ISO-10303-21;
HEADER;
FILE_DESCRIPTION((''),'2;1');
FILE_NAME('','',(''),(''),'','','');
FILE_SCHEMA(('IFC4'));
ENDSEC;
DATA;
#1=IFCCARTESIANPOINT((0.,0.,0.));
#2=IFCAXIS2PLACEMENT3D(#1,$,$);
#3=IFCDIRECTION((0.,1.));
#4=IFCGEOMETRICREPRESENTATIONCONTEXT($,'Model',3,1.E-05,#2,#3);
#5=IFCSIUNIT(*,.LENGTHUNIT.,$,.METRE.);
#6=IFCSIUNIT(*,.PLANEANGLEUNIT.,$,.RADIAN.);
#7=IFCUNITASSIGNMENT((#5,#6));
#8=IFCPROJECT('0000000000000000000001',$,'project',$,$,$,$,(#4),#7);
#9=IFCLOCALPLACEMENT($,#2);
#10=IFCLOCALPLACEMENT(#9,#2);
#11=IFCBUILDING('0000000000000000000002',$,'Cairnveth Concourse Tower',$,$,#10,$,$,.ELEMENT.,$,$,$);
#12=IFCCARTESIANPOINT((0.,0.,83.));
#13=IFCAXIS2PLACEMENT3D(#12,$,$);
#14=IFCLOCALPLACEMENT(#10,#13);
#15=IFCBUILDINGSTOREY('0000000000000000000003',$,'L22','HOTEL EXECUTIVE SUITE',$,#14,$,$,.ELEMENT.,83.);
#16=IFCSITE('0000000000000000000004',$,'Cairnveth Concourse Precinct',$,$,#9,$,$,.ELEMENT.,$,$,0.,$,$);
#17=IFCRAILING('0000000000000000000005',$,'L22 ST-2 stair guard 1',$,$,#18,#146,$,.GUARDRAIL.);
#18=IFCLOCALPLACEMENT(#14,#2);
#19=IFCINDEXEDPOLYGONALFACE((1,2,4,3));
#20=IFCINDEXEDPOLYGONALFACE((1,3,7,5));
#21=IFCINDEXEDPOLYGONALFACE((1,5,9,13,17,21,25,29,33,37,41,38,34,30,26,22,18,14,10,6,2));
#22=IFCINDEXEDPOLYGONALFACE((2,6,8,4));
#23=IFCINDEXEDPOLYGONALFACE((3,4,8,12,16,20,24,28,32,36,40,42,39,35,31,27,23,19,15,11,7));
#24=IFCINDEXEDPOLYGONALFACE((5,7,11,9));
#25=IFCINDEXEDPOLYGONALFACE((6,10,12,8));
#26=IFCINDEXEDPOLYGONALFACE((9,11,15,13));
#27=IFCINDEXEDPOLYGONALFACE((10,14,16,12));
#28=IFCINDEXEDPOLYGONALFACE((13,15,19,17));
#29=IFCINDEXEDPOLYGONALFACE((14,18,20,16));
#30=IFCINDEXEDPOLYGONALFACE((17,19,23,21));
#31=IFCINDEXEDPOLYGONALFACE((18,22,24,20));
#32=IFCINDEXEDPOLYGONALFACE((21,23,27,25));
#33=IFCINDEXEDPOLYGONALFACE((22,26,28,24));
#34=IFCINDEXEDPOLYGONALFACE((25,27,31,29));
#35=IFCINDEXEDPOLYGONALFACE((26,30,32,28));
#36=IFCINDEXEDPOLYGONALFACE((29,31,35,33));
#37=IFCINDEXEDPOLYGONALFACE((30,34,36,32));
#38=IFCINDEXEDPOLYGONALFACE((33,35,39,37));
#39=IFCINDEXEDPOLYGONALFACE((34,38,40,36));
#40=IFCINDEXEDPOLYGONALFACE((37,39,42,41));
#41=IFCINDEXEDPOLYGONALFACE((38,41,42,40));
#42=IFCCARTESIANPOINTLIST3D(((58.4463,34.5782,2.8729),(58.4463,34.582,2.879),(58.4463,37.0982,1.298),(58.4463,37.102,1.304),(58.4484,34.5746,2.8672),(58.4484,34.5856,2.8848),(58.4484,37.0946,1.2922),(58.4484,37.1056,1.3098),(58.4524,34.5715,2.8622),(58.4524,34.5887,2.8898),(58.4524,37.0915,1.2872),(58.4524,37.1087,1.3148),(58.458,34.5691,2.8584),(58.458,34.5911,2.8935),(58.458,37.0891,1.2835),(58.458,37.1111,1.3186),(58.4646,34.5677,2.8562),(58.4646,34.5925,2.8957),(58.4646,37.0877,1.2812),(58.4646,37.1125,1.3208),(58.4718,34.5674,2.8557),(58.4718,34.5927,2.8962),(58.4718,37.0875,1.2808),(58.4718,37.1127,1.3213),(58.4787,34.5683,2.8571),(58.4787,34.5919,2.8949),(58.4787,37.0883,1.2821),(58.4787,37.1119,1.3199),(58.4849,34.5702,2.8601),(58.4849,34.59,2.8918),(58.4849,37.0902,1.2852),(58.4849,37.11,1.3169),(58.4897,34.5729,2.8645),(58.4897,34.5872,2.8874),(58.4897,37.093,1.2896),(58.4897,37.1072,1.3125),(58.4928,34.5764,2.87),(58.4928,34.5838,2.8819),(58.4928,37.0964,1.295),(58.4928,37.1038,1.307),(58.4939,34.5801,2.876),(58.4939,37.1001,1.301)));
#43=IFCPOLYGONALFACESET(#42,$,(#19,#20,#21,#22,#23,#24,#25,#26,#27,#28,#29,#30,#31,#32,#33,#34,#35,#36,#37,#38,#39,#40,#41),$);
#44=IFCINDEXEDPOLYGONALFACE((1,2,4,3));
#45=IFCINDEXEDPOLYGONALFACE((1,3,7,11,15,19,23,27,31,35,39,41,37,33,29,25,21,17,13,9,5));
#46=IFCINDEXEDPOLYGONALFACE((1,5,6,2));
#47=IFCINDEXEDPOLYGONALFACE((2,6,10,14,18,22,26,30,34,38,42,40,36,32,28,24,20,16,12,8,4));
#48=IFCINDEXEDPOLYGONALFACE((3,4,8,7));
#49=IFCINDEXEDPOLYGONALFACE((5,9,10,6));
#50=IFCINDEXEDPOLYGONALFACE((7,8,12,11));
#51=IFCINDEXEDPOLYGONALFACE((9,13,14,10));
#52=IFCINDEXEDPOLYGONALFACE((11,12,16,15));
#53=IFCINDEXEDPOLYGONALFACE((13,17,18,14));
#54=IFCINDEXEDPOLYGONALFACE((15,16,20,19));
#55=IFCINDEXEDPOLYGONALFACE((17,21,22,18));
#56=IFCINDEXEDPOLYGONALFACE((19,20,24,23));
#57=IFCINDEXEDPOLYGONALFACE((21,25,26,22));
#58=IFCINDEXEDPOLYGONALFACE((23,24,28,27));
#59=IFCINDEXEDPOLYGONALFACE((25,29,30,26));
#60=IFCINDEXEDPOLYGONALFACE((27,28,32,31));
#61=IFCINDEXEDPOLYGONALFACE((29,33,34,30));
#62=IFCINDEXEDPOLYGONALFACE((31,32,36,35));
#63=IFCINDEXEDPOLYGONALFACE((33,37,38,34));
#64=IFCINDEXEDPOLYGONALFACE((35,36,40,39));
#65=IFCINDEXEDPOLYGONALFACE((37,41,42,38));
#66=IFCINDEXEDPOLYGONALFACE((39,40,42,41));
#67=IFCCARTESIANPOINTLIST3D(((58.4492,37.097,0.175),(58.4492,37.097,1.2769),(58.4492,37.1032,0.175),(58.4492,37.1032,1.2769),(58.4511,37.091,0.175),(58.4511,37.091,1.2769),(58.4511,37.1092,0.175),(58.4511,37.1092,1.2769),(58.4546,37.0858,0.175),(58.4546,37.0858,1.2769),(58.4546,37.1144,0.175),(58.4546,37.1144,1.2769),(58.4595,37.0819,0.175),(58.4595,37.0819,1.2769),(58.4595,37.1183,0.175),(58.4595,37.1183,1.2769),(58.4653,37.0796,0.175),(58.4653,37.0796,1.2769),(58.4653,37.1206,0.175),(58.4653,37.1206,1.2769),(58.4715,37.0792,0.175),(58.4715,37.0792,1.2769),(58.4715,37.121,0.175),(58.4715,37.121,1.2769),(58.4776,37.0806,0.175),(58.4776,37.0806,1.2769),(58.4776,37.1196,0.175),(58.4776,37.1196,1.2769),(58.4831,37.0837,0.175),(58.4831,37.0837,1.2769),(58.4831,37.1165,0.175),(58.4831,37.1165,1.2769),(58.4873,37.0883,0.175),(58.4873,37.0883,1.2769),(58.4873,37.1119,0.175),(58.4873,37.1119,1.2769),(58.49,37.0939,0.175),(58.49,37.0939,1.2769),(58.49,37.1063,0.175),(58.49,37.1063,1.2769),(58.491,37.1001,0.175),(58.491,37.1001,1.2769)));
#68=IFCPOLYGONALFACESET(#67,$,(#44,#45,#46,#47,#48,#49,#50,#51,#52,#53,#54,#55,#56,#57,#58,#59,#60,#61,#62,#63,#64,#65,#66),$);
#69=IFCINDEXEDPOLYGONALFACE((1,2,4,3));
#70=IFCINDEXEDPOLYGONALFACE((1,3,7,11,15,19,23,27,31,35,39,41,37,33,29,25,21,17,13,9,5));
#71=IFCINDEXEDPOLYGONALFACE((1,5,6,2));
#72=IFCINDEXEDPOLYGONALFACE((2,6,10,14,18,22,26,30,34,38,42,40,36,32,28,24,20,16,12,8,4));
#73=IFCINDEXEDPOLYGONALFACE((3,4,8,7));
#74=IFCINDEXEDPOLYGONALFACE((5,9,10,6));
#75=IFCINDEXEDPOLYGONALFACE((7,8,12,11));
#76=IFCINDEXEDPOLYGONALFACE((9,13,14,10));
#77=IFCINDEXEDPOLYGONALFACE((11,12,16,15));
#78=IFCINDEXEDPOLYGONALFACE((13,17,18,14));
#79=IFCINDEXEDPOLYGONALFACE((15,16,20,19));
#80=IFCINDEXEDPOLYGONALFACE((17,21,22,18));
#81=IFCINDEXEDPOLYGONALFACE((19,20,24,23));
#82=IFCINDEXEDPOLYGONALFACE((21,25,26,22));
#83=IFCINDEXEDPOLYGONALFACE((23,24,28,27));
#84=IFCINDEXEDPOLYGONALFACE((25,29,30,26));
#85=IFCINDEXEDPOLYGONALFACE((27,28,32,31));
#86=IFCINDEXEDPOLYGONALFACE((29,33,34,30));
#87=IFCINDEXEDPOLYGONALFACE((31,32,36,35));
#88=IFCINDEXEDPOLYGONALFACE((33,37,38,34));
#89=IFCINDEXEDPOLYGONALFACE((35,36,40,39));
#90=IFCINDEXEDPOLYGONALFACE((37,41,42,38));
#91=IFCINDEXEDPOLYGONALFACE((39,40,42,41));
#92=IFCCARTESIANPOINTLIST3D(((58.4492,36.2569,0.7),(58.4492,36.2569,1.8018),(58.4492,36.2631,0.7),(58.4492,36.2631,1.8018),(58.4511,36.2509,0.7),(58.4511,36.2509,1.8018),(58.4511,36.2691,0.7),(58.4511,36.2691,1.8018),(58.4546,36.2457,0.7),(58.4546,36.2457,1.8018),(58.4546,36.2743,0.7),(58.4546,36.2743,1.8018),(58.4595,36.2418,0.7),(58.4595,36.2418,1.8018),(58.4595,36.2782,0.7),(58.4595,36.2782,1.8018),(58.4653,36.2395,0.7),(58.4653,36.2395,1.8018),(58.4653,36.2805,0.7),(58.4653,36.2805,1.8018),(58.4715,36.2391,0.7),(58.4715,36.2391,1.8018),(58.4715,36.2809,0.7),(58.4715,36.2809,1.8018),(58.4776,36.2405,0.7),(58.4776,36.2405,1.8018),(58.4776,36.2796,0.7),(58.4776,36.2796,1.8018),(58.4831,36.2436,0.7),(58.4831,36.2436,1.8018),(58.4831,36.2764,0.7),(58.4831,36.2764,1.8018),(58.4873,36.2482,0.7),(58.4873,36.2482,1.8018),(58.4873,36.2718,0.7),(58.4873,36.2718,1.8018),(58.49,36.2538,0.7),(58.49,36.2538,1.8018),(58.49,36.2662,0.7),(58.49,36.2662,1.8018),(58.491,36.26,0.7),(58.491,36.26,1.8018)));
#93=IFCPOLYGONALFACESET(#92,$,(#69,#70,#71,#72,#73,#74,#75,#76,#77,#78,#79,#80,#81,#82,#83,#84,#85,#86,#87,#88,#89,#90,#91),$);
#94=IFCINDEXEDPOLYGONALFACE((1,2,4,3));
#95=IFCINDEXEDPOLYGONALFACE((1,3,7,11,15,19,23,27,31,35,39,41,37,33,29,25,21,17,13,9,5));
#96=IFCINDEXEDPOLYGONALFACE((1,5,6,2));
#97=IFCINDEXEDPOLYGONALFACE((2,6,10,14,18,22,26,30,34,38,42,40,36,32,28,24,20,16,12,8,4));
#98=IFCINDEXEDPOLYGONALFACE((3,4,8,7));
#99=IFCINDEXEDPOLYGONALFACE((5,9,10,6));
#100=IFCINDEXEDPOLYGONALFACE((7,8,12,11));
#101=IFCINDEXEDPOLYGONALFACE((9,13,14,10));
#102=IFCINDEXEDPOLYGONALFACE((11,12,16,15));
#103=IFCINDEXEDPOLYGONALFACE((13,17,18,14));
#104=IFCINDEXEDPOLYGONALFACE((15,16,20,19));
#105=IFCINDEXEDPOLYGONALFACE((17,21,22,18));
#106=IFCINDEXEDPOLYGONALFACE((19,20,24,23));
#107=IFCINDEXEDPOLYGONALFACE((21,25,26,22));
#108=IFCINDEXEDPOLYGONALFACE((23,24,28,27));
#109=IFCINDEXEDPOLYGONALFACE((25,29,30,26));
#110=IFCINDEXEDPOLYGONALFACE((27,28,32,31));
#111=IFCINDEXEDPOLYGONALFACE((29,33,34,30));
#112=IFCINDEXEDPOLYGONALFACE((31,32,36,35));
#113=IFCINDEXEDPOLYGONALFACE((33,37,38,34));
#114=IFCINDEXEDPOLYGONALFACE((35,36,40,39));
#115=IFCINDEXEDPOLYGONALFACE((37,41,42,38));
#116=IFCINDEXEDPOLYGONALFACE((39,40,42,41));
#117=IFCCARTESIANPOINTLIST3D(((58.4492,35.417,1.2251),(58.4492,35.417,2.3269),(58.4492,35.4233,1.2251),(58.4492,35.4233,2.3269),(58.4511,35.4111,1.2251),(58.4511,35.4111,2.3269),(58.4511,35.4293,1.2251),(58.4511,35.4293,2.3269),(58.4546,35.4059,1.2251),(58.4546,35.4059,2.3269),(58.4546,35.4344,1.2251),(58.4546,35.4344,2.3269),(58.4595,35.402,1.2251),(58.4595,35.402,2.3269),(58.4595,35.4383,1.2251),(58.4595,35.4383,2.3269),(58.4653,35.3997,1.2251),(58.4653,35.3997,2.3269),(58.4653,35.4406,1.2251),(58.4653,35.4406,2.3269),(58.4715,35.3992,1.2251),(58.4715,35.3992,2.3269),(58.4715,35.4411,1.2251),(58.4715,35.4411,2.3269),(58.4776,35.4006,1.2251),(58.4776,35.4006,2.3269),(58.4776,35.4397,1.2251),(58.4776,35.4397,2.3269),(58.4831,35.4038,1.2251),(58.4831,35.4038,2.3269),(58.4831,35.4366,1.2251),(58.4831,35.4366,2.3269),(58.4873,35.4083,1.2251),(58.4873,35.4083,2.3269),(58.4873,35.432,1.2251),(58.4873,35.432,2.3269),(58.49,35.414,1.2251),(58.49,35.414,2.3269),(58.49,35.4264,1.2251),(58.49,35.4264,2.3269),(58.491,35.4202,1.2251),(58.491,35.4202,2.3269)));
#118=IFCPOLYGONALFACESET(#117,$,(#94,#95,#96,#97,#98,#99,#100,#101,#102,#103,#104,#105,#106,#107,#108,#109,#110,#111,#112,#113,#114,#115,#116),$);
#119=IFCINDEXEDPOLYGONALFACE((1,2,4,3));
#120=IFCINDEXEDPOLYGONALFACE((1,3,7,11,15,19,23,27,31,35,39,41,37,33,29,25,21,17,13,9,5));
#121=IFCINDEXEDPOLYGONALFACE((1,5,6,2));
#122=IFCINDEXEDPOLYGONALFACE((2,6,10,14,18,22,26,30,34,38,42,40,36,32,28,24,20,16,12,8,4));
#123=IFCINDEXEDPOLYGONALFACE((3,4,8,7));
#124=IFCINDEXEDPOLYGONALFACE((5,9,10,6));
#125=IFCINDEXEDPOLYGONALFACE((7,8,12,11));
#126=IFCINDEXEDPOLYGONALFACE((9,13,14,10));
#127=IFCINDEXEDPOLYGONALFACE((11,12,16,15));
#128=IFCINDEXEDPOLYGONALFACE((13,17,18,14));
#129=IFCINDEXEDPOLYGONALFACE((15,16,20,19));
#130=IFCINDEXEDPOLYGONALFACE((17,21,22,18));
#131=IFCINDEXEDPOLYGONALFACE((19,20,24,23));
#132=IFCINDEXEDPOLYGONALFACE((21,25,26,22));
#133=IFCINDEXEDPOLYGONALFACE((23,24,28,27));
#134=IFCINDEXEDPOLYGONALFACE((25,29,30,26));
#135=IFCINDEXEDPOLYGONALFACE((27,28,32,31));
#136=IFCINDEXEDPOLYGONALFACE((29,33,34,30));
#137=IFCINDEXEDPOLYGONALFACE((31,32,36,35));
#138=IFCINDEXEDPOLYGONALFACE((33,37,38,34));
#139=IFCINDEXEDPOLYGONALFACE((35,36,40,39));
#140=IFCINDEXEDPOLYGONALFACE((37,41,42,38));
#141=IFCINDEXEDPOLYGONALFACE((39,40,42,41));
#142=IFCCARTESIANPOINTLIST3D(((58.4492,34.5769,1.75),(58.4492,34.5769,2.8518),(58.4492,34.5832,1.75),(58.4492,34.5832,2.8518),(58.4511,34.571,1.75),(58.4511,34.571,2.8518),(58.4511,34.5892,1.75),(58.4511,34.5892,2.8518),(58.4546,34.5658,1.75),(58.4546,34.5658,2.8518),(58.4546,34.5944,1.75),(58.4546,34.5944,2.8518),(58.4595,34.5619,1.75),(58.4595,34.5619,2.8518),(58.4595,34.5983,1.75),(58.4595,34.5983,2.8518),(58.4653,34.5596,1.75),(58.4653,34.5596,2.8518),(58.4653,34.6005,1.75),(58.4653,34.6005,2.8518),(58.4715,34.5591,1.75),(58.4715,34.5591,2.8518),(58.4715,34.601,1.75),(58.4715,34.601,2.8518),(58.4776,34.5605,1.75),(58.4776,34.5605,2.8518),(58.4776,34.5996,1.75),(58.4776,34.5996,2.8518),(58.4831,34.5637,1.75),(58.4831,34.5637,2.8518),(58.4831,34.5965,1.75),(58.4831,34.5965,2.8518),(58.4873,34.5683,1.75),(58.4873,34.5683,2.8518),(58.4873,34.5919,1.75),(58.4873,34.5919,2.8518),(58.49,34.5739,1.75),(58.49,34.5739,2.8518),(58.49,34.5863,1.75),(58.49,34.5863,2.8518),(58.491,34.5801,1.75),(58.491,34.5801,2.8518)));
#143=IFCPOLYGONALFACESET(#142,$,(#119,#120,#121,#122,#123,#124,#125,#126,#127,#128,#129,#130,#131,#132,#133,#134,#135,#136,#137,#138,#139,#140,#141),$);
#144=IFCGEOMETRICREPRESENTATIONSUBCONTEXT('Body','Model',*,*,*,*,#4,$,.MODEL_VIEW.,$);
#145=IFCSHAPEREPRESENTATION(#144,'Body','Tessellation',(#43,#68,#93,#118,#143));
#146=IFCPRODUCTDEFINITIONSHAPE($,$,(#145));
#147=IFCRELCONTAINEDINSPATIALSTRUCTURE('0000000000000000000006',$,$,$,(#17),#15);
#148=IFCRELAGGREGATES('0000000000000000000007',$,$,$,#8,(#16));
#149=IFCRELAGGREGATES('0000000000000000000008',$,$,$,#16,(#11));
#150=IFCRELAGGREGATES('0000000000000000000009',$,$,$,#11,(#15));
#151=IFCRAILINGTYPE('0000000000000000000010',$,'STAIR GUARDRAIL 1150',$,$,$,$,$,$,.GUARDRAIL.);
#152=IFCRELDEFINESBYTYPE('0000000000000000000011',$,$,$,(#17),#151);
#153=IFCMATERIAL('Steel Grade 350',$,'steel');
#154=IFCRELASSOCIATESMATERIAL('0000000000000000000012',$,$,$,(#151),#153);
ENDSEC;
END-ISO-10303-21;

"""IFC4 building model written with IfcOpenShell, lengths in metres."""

from ifc_helpers import new_model, si_unit, direction, frame, origin, origin_2d, place, context, subcontext, project, spatial, circle, extrude, material, type_object, element, save


model = new_model("IFC4")

# Units and contexts
model_context = context("Model", 3, precision=1e-05, world=origin(), true_north=direction((0.0, 1.0)))
body_context = subcontext(model_context, "Body", "Model", "MODEL_VIEW")
ifc_project = project(units=[si_unit("LENGTHUNIT", "METRE"), si_unit("PLANEANGLEUNIT", "RADIAN")], contexts=[model_context])

# Site, building, storey
site_placement = place(None, origin())
site = spatial("IfcSite", under=ifc_project, at=site_placement, Name="Cairnveth Concourse Precinct", CompositionType="ELEMENT", RefElevation=0.0)
building_placement = place(site_placement, origin())
building = spatial("IfcBuilding", under=site, at=building_placement, Name="Cairnveth Concourse Tower", CompositionType="ELEMENT")
storey_placement = place(building_placement, frame((0.0, 0.0, 83.0)))
storey = spatial("IfcBuildingStorey", under=building, at=storey_placement, Name="L22", Description="HOTEL EXECUTIVE SUITE", CompositionType="ELEMENT", Elevation=83.0)

# Shared definitions
ifc_material_1 = material(Name="Steel Grade 350", Category="steel")

# Railing
railing_type_1 = type_object("IfcRailingType", Name="STAIR GUARDRAIL 1150", PredefinedType="GUARDRAIL", material=ifc_material_1)
railing_1_placement = place(storey_placement, frame((58.47, 37.1001, 0.175)))
element("IfcRailing", 1, at=railing_1_placement, inside=storey, type_object=railing_type_1, Name="L22 ST-2 stair guard 1", PredefinedType="GUARDRAIL", context=body_context, shape_type="SweptSolid", body=[
    extrude(circle(Radius=0.0239, at=origin_2d()), frame((0.0, 0.0, 1.126), z_axis=(0.0, -0.848008, 0.529984), x_axis=(1.0, 0.0, 0.0)), (0.0, 0.0, 1.0), 2.9717),
    extrude(circle(Radius=0.021, at=origin_2d()), origin(), (0.0, 0.0, 1.0), 1.1018),
    extrude(circle(Radius=0.021, at=origin_2d()), frame((0.0, -0.8401, 0.5249)), (0.0, 0.0, 1.0), 1.1018),
    extrude(circle(Radius=0.021, at=origin_2d()), frame((0.0, -1.6799, 1.05)), (0.0, 0.0, 1.0), 1.1018),
    extrude(circle(Radius=0.021, at=origin_2d()), frame((0.0, -2.52, 1.575)), (0.0, 0.0, 1.0), 1.1018),
])

save(model, "model.ifc")
